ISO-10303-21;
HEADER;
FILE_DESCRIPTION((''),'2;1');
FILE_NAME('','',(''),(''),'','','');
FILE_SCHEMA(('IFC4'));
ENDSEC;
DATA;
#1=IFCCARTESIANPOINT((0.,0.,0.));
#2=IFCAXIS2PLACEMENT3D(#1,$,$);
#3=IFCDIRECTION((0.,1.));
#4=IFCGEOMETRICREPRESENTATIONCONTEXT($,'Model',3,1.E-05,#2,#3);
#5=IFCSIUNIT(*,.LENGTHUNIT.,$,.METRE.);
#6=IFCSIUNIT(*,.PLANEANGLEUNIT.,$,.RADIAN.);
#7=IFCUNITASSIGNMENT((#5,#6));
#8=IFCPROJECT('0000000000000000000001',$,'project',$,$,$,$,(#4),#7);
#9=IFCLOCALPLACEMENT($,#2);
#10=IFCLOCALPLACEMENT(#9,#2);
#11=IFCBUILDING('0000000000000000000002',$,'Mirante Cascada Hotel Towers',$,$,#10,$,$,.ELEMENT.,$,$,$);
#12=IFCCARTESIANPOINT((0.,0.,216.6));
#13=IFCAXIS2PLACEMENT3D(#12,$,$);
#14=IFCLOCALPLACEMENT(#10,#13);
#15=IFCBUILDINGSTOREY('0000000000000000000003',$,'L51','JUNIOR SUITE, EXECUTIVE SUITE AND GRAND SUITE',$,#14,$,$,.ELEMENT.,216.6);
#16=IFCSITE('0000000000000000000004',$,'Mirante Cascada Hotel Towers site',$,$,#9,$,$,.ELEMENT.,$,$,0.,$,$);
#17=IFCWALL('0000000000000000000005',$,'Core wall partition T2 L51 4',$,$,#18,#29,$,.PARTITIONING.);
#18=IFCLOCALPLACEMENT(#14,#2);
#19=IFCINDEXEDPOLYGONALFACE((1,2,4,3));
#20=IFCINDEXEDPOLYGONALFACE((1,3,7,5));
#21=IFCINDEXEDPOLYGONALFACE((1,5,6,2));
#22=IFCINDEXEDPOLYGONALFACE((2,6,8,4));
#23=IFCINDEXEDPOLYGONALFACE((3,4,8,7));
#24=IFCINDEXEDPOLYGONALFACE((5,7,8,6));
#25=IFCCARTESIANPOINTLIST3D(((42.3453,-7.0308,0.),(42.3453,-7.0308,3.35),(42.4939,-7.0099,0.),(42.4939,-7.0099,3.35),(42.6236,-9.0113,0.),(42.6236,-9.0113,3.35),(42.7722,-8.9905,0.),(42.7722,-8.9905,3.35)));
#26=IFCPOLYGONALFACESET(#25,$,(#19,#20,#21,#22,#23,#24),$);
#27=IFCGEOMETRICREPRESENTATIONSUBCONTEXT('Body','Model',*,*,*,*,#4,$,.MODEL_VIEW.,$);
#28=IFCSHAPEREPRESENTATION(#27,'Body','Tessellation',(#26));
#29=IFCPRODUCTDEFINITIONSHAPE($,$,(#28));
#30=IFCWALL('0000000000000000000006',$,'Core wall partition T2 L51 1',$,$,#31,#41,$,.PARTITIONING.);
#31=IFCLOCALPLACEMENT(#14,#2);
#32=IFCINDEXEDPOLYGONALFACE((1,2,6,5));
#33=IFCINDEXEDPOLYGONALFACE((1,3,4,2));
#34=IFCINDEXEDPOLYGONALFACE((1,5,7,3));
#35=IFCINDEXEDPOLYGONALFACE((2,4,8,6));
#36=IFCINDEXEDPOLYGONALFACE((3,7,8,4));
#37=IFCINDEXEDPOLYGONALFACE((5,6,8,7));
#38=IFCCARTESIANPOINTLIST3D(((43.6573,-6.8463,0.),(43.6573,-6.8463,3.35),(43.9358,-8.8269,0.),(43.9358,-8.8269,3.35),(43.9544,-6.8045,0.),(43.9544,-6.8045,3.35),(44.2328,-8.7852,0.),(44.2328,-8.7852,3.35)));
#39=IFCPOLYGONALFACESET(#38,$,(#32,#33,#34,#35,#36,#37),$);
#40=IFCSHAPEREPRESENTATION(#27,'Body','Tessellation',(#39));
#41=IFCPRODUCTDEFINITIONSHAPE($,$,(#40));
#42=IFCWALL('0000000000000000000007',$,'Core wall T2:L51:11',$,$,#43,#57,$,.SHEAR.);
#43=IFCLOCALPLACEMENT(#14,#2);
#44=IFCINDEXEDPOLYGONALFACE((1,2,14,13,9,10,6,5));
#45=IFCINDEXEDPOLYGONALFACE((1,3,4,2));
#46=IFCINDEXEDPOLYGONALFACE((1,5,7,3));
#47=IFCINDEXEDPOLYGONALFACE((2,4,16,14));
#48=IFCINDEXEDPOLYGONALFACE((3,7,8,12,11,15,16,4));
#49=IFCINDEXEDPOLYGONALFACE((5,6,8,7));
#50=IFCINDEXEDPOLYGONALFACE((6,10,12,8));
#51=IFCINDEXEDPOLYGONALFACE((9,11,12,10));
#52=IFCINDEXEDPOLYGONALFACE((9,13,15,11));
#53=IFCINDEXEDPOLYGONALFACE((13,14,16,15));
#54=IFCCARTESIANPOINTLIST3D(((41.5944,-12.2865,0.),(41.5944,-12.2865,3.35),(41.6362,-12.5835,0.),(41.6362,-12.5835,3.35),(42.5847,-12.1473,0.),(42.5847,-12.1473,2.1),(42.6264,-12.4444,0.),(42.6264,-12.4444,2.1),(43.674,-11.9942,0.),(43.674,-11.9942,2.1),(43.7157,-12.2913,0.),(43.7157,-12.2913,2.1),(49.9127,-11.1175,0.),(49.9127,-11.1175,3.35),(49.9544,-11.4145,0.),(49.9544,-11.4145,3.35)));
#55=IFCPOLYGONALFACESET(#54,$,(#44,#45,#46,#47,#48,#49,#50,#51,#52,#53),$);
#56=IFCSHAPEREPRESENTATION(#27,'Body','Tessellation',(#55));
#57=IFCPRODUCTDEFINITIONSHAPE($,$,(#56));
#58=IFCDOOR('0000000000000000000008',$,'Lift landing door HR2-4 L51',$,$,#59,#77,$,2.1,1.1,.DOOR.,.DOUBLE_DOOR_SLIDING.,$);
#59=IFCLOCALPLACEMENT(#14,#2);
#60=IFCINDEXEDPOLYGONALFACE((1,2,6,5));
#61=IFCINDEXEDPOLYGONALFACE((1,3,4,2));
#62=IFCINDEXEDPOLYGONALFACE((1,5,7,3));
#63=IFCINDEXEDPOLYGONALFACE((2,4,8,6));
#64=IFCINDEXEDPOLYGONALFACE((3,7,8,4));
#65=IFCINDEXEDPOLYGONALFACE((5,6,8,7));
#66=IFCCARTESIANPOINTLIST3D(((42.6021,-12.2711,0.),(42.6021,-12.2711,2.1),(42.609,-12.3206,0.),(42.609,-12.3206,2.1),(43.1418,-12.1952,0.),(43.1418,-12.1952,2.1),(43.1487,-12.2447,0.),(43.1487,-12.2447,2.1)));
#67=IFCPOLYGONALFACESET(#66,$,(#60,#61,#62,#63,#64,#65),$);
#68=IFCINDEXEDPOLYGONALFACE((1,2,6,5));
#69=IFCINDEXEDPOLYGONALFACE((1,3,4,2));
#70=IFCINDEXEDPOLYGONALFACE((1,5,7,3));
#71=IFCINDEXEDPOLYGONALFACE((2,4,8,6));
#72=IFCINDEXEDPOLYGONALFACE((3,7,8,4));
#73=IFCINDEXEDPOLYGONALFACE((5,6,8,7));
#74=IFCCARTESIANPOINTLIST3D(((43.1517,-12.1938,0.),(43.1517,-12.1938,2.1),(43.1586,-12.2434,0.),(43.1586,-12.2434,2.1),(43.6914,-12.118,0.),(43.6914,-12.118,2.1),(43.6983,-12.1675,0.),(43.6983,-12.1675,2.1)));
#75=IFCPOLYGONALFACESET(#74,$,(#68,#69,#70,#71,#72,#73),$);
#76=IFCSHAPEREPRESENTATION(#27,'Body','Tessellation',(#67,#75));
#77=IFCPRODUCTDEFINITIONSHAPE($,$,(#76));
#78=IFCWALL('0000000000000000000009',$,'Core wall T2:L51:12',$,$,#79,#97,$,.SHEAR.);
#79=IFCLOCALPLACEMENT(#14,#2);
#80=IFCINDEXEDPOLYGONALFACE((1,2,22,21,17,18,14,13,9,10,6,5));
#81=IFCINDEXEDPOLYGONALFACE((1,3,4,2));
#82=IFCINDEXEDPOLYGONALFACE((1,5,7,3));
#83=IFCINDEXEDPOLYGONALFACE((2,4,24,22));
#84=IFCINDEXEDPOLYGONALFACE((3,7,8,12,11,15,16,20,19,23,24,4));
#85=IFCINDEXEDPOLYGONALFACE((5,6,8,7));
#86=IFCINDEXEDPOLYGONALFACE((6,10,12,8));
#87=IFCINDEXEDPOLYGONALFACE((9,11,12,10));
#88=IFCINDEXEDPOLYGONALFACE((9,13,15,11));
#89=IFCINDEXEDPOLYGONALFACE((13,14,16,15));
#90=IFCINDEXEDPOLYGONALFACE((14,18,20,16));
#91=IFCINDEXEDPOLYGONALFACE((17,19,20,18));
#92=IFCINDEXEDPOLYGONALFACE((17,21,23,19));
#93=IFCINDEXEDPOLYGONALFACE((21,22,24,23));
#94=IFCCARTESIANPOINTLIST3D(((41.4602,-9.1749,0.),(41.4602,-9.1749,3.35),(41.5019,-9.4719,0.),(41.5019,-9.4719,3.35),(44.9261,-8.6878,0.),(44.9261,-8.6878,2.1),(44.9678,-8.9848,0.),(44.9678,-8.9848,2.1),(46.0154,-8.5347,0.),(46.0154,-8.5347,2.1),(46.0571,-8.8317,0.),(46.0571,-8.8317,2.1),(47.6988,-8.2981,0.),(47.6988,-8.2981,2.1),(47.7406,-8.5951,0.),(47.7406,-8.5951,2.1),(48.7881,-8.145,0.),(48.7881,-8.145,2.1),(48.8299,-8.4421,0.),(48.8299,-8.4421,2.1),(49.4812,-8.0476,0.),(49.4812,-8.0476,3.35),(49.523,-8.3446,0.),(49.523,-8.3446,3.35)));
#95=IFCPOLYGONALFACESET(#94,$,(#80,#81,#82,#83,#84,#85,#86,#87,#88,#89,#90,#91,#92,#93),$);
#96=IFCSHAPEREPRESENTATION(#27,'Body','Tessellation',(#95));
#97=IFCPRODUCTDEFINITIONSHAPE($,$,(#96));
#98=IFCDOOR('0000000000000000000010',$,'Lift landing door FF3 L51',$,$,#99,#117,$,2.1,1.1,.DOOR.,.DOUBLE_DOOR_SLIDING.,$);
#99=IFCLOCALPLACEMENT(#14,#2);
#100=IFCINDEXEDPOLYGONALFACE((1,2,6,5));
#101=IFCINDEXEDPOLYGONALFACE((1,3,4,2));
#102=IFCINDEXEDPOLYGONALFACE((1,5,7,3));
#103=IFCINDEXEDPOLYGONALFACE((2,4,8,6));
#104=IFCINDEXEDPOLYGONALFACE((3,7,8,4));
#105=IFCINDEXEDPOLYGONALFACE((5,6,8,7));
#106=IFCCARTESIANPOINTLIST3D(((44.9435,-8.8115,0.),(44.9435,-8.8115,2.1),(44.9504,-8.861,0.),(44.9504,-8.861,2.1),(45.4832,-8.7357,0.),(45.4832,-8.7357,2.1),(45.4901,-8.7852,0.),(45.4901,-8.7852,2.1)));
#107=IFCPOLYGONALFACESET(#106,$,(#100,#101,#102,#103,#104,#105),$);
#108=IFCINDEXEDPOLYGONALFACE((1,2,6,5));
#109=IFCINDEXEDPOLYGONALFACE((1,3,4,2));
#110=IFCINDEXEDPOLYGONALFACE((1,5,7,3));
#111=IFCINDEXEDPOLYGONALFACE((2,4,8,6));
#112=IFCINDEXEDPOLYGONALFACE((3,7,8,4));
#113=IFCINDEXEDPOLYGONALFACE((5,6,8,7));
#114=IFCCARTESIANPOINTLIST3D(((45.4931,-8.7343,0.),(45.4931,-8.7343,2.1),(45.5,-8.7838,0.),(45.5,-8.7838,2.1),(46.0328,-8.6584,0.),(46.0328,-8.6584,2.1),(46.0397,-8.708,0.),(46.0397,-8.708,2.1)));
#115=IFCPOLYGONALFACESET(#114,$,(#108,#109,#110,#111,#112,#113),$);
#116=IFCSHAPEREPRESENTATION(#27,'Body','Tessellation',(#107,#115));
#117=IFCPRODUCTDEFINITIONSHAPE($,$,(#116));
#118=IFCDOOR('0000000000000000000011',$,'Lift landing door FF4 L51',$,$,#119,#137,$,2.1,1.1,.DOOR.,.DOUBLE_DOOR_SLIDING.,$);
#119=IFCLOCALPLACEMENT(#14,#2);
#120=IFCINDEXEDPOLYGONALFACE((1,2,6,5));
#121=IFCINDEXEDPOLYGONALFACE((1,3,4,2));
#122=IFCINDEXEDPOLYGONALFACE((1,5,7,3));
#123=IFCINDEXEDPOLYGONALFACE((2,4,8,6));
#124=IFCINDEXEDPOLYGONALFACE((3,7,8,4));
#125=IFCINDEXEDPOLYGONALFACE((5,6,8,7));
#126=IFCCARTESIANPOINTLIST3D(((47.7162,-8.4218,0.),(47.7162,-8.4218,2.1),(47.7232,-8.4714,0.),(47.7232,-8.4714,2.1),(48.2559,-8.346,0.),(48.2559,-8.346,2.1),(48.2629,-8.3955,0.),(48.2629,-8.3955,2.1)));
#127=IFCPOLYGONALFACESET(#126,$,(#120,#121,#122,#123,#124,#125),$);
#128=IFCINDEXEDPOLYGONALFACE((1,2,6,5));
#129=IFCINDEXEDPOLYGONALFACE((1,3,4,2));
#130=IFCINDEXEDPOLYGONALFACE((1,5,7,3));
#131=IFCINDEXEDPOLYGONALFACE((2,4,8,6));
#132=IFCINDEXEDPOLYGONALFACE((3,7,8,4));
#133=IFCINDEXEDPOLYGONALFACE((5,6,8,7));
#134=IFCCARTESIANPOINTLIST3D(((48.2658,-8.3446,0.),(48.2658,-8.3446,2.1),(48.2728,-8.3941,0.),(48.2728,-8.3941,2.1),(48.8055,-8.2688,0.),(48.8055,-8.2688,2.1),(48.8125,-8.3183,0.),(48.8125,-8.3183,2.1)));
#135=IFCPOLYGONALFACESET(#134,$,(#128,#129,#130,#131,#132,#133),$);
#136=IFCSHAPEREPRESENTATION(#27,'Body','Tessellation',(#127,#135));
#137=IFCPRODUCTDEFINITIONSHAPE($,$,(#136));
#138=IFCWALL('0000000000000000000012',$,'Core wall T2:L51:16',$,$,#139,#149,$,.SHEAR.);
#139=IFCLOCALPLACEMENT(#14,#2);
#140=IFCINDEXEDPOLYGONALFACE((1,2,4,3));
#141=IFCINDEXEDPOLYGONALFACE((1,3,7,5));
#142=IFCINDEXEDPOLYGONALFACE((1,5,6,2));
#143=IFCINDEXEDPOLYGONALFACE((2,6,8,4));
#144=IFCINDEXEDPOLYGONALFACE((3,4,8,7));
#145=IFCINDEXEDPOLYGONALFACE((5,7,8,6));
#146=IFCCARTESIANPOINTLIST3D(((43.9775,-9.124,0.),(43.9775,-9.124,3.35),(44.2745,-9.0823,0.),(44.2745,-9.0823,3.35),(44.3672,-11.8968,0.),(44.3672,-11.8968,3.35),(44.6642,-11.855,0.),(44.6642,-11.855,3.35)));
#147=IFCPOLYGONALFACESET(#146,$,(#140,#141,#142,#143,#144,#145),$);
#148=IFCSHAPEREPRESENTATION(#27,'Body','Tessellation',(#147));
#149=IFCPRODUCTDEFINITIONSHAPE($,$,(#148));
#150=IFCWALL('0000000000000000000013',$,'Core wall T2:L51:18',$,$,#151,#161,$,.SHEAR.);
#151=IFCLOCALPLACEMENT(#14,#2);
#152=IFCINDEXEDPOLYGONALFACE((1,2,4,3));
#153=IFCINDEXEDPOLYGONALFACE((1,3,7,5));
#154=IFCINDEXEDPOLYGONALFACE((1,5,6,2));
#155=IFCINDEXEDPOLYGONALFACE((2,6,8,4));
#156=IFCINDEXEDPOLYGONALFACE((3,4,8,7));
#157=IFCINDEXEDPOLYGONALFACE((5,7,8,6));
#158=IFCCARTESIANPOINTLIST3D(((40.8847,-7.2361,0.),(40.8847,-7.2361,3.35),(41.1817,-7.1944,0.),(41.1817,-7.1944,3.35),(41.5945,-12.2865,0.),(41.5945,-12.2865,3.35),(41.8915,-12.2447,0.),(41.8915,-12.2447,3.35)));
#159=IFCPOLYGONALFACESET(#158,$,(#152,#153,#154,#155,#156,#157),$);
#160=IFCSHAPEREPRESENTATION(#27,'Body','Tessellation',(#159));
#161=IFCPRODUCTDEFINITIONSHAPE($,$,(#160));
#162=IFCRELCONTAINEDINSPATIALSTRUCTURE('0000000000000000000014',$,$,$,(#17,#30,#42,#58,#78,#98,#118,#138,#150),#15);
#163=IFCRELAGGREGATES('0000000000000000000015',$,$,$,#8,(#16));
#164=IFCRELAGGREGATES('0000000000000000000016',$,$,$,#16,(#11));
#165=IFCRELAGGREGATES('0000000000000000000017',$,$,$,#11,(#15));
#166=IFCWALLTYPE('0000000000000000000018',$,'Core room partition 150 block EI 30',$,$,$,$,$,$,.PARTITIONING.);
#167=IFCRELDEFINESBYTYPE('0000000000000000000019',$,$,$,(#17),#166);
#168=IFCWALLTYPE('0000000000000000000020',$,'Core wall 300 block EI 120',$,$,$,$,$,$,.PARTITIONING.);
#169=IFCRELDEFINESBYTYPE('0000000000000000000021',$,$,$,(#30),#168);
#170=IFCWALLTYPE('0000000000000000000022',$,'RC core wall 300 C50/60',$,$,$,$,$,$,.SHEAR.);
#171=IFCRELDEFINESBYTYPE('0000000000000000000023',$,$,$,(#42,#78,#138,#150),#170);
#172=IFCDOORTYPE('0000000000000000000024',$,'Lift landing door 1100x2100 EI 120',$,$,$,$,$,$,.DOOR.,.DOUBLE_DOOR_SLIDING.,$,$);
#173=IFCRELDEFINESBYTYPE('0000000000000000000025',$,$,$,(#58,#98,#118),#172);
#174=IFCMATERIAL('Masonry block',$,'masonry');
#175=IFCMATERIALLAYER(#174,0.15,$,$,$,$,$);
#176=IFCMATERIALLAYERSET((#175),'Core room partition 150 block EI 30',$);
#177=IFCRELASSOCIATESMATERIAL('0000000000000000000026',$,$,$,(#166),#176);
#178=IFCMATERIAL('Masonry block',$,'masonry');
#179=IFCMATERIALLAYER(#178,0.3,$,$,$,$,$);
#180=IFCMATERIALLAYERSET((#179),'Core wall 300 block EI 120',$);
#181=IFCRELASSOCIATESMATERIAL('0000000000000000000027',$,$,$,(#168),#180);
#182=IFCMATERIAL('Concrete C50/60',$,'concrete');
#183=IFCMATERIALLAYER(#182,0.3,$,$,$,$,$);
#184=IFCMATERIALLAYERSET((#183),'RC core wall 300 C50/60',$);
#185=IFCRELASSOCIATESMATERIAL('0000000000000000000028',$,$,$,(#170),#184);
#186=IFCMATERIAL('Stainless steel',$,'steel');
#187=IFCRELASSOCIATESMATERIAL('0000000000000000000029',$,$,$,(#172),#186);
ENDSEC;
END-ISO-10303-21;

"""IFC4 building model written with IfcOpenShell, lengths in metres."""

from ifc_helpers import new_model, si_unit, direction, frame, frame_2d, origin, place, context, subcontext, project, spatial, rectangle, extrude, material, layer, layer_set, type_object, element, fill, save


model = new_model("IFC4")

# Units and contexts
model_context = context("Model", 3, precision=1e-05, world=origin(), true_north=direction((0.0, 1.0)))
body_context = subcontext(model_context, "Body", "Model", "MODEL_VIEW")
ifc_project = project(units=[si_unit("LENGTHUNIT", "METRE"), si_unit("PLANEANGLEUNIT", "RADIAN")], contexts=[model_context])

# Site, building, storey
site_placement = place(None, origin())
site = spatial("IfcSite", under=ifc_project, at=site_placement, Name="Mirante Cascada Hotel Towers site", CompositionType="ELEMENT", RefElevation=0.0)
building_placement = place(site_placement, origin())
building = spatial("IfcBuilding", under=site, at=building_placement, Name="Mirante Cascada Hotel Towers", CompositionType="ELEMENT")
storey_placement = place(building_placement, frame((0.0, 0.0, 216.6)))
storey = spatial("IfcBuildingStorey", under=building, at=storey_placement, Name="L51", Description="JUNIOR SUITE, EXECUTIVE SUITE AND GRAND SUITE", CompositionType="ELEMENT", Elevation=216.6)

# Walls
ifc_material_1 = material(Name="Masonry block", Category="masonry")
ifc_layer_1 = layer(ifc_material_1, 0.15)
ifc_layer_set_1 = layer_set([ifc_layer_1], Name="Core room partition 150 block EI 30")
wall_type_1 = type_object("IfcWallType", Name="Core room partition 150 block EI 30", PredefinedType="PARTITIONING", material=ifc_layer_set_1)
wall_1_placement = place(storey_placement, frame((42.6979, -9.0009, 0.0), z_axis=(0.0, 0.0, 1.0), x_axis=(-0.139153, 0.990271, 0.0)))
element("IfcWall", 1, at=wall_1_placement, inside=storey, type_object=wall_type_1, Name="Core wall partition T2 L51 4", PredefinedType="PARTITIONING", context=body_context, shape_type="SweptSolid", body=[
    extrude(rectangle(XDim=2.0, YDim=0.15, at=frame_2d((1.0, 0.0))), origin(), (0.0, 0.0, 1.0), 3.35),
])
ifc_material_2 = material(Name="Masonry block", Category="masonry")
ifc_layer_2 = layer(ifc_material_2, 0.3)
ifc_layer_set_2 = layer_set([ifc_layer_2], Name="Core wall 300 block EI 120")
wall_type_2 = type_object("IfcWallType", Name="Core wall 300 block EI 120", PredefinedType="PARTITIONING", material=ifc_layer_set_2)
wall_2_placement = place(storey_placement, frame((44.0843, -8.8061, 0.0), z_axis=(0.0, 0.0, 1.0), x_axis=(-0.139195, 0.990265, 0.0)))
element("IfcWall", 2, at=wall_2_placement, inside=storey, type_object=wall_type_2, Name="Core wall partition T2 L51 1", PredefinedType="PARTITIONING", context=body_context, shape_type="SweptSolid", body=[
    extrude(rectangle(XDim=2.0001, YDim=0.3, at=frame_2d((1.0001, 0.0))), origin(), (0.0, 0.0, 1.0), 3.35),
])

# Wall, opening, door
ifc_material_3 = material(Name="Concrete C50/60", Category="concrete")
ifc_layer_3 = layer(ifc_material_3, 0.3)
ifc_layer_set_3 = layer_set([ifc_layer_3], Name="RC core wall 300 C50/60")
wall_type_3 = type_object("IfcWallType", Name="RC core wall 300 C50/60", PredefinedType="SHEAR", material=ifc_layer_set_3)
wall_3_placement = place(storey_placement, frame((41.6153, -12.435, 0.0), z_axis=(0.0, 0.0, 1.0), x_axis=(0.990269, 0.139166, 0.0)))
wall_3 = element("IfcWall", 3, at=wall_3_placement, inside=storey, type_object=wall_type_3, Name="Core wall T2:L51:11", PredefinedType="SHEAR", context=body_context, shape_type="SweptSolid", body=[
    extrude(rectangle(XDim=8.4, YDim=0.3, at=frame_2d((4.2, 0.0))), origin(), (0.0, 0.0, 1.0), 3.35),
])
opening_1_placement = place(wall_3_placement, frame((1.0, 0.0, 0.0)))
opening_1 = element("IfcOpeningElement", 4, at=opening_1_placement, cuts=wall_3, PredefinedType="OPENING", context=body_context, shape_type="SweptSolid", body=[
    extrude(rectangle(XDim=1.1, YDim=2.1, at=frame_2d((0.55, 1.05))), frame((0.0, 0.15, 0.0), z_axis=(0.0, -1.0, 0.0), x_axis=(1.0, 0.0, 0.0)), (0.0, 0.0, 1.0), 0.3),
])
ifc_material_4 = material(Name="Stainless steel", Category="steel")
door_type = type_object("IfcDoorType", Name="Lift landing door 1100x2100 EI 120", OperationType="DOUBLE_DOOR_SLIDING", PredefinedType="DOOR", material=ifc_material_4)
door_1_placement = place(opening_1_placement, origin())
door_1 = element("IfcDoor", 5, at=door_1_placement, inside=storey, type_object=door_type, Name="Lift landing door HR2-4 L51", OperationType="DOUBLE_DOOR_SLIDING", OverallHeight=2.1, OverallWidth=1.1, PredefinedType="DOOR", context=body_context, shape_type="SweptSolid", body=[
    extrude(rectangle(XDim=0.545, YDim=2.1, at=frame_2d((0.2725, 1.05))), frame((0.0, 0.025, 0.0), z_axis=(0.0, -1.0, 0.0), x_axis=(1.0, 0.0, 0.0)), (0.0, 0.0, 1.0), 0.05),
    extrude(rectangle(XDim=0.545, YDim=2.1, at=frame_2d((0.8275, 1.05))), frame((0.0, 0.025, 0.0), z_axis=(0.0, -1.0, 0.0), x_axis=(1.0, 0.0, 0.0)), (0.0, 0.0, 1.0), 0.05),
])
fill(opening_1, door_1)

# Wall, openings, doors
wall_4_placement = place(storey_placement, frame((41.481, -9.3234, 0.0), z_axis=(0.0, 0.0, 1.0), x_axis=(0.990268, 0.139174, 0.0)))
wall_4 = element("IfcWall", 6, at=wall_4_placement, inside=storey, type_object=wall_type_3, Name="Core wall T2:L51:12", PredefinedType="SHEAR", context=body_context, shape_type="SweptSolid", body=[
    extrude(rectangle(XDim=8.0999, YDim=0.3, at=frame_2d((4.05, 0.0))), origin(), (0.0, 0.0, 1.0), 3.35),
])
opening_2_placement = place(wall_4_placement, frame((3.5, 0.0, 0.0)))
opening_2 = element("IfcOpeningElement", 7, at=opening_2_placement, cuts=wall_4, PredefinedType="OPENING", context=body_context, shape_type="SweptSolid", body=[
    extrude(rectangle(XDim=1.1, YDim=2.1, at=frame_2d((0.55, 1.05))), frame((0.0, 0.15, 0.0), z_axis=(0.0, -1.0, 0.0), x_axis=(1.0, 0.0, 0.0)), (0.0, 0.0, 1.0), 0.3),
])
opening_3_placement = place(wall_4_placement, frame((6.3, 0.0, 0.0)))
opening_3 = element("IfcOpeningElement", 8, at=opening_3_placement, cuts=wall_4, PredefinedType="OPENING", context=body_context, shape_type="SweptSolid", body=[
    extrude(rectangle(XDim=1.1, YDim=2.1, at=frame_2d((0.55, 1.05))), frame((0.0, 0.15, 0.0), z_axis=(0.0, -1.0, 0.0), x_axis=(1.0, 0.0, 0.0)), (0.0, 0.0, 1.0), 0.3),
])
door_2_placement = place(opening_2_placement, origin())
door_2 = element("IfcDoor", 9, at=door_2_placement, inside=storey, type_object=door_type, Name="Lift landing door FF3 L51", OperationType="DOUBLE_DOOR_SLIDING", OverallHeight=2.1, OverallWidth=1.1, PredefinedType="DOOR", context=body_context, shape_type="SweptSolid", body=[
    extrude(rectangle(XDim=0.545, YDim=2.1, at=frame_2d((0.2725, 1.05))), frame((0.0, 0.025, 0.0), z_axis=(0.0, -1.0, 0.0), x_axis=(1.0, 0.0, 0.0)), (0.0, 0.0, 1.0), 0.05),
    extrude(rectangle(XDim=0.545, YDim=2.1, at=frame_2d((0.8275, 1.05))), frame((0.0, 0.025, 0.0), z_axis=(0.0, -1.0, 0.0), x_axis=(1.0, 0.0, 0.0)), (0.0, 0.0, 1.0), 0.05),
])
fill(opening_2, door_2)
door_3_placement = place(opening_3_placement, origin())
door_3 = element("IfcDoor", 10, at=door_3_placement, inside=storey, type_object=door_type, Name="Lift landing door FF4 L51", OperationType="DOUBLE_DOOR_SLIDING", OverallHeight=2.1, OverallWidth=1.1, PredefinedType="DOOR", context=body_context, shape_type="SweptSolid", body=[
    extrude(rectangle(XDim=0.545, YDim=2.1, at=frame_2d((0.2725, 1.05))), frame((0.0, 0.025, 0.0), z_axis=(0.0, -1.0, 0.0), x_axis=(1.0, 0.0, 0.0)), (0.0, 0.0, 1.0), 0.05),
    extrude(rectangle(XDim=0.545, YDim=2.1, at=frame_2d((0.8275, 1.05))), frame((0.0, 0.025, 0.0), z_axis=(0.0, -1.0, 0.0), x_axis=(1.0, 0.0, 0.0)), (0.0, 0.0, 1.0), 0.05),
])
fill(opening_3, door_3)

# Walls
wall_5_placement = place(storey_placement, frame((44.5157, -11.8759, 0.0), z_axis=(0.0, 0.0, 1.0), x_axis=(-0.139181, 0.990267, 0.0)))
element("IfcWall", 11, at=wall_5_placement, inside=storey, type_object=wall_type_3, Name="Core wall T2:L51:16", PredefinedType="SHEAR", context=body_context, shape_type="SweptSolid", body=[
    extrude(rectangle(XDim=2.8, YDim=0.3, at=frame_2d((1.4, 0.0))), origin(), (0.0, 0.0, 1.0), 3.35),
])
wall_6_placement = place(storey_placement, frame((41.743, -12.2656, 0.0), z_axis=(0.0, 0.0, 1.0), x_axis=(-0.139176, 0.990268, 0.0)))
element("IfcWall", 12, at=wall_6_placement, inside=storey, type_object=wall_type_3, Name="Core wall T2:L51:18", PredefinedType="SHEAR", context=body_context, shape_type="SweptSolid", body=[
    extrude(rectangle(XDim=5.1, YDim=0.3, at=frame_2d((2.55, 0.0))), origin(), (0.0, 0.0, 1.0), 3.35),
])

save(model, "model.ifc")
